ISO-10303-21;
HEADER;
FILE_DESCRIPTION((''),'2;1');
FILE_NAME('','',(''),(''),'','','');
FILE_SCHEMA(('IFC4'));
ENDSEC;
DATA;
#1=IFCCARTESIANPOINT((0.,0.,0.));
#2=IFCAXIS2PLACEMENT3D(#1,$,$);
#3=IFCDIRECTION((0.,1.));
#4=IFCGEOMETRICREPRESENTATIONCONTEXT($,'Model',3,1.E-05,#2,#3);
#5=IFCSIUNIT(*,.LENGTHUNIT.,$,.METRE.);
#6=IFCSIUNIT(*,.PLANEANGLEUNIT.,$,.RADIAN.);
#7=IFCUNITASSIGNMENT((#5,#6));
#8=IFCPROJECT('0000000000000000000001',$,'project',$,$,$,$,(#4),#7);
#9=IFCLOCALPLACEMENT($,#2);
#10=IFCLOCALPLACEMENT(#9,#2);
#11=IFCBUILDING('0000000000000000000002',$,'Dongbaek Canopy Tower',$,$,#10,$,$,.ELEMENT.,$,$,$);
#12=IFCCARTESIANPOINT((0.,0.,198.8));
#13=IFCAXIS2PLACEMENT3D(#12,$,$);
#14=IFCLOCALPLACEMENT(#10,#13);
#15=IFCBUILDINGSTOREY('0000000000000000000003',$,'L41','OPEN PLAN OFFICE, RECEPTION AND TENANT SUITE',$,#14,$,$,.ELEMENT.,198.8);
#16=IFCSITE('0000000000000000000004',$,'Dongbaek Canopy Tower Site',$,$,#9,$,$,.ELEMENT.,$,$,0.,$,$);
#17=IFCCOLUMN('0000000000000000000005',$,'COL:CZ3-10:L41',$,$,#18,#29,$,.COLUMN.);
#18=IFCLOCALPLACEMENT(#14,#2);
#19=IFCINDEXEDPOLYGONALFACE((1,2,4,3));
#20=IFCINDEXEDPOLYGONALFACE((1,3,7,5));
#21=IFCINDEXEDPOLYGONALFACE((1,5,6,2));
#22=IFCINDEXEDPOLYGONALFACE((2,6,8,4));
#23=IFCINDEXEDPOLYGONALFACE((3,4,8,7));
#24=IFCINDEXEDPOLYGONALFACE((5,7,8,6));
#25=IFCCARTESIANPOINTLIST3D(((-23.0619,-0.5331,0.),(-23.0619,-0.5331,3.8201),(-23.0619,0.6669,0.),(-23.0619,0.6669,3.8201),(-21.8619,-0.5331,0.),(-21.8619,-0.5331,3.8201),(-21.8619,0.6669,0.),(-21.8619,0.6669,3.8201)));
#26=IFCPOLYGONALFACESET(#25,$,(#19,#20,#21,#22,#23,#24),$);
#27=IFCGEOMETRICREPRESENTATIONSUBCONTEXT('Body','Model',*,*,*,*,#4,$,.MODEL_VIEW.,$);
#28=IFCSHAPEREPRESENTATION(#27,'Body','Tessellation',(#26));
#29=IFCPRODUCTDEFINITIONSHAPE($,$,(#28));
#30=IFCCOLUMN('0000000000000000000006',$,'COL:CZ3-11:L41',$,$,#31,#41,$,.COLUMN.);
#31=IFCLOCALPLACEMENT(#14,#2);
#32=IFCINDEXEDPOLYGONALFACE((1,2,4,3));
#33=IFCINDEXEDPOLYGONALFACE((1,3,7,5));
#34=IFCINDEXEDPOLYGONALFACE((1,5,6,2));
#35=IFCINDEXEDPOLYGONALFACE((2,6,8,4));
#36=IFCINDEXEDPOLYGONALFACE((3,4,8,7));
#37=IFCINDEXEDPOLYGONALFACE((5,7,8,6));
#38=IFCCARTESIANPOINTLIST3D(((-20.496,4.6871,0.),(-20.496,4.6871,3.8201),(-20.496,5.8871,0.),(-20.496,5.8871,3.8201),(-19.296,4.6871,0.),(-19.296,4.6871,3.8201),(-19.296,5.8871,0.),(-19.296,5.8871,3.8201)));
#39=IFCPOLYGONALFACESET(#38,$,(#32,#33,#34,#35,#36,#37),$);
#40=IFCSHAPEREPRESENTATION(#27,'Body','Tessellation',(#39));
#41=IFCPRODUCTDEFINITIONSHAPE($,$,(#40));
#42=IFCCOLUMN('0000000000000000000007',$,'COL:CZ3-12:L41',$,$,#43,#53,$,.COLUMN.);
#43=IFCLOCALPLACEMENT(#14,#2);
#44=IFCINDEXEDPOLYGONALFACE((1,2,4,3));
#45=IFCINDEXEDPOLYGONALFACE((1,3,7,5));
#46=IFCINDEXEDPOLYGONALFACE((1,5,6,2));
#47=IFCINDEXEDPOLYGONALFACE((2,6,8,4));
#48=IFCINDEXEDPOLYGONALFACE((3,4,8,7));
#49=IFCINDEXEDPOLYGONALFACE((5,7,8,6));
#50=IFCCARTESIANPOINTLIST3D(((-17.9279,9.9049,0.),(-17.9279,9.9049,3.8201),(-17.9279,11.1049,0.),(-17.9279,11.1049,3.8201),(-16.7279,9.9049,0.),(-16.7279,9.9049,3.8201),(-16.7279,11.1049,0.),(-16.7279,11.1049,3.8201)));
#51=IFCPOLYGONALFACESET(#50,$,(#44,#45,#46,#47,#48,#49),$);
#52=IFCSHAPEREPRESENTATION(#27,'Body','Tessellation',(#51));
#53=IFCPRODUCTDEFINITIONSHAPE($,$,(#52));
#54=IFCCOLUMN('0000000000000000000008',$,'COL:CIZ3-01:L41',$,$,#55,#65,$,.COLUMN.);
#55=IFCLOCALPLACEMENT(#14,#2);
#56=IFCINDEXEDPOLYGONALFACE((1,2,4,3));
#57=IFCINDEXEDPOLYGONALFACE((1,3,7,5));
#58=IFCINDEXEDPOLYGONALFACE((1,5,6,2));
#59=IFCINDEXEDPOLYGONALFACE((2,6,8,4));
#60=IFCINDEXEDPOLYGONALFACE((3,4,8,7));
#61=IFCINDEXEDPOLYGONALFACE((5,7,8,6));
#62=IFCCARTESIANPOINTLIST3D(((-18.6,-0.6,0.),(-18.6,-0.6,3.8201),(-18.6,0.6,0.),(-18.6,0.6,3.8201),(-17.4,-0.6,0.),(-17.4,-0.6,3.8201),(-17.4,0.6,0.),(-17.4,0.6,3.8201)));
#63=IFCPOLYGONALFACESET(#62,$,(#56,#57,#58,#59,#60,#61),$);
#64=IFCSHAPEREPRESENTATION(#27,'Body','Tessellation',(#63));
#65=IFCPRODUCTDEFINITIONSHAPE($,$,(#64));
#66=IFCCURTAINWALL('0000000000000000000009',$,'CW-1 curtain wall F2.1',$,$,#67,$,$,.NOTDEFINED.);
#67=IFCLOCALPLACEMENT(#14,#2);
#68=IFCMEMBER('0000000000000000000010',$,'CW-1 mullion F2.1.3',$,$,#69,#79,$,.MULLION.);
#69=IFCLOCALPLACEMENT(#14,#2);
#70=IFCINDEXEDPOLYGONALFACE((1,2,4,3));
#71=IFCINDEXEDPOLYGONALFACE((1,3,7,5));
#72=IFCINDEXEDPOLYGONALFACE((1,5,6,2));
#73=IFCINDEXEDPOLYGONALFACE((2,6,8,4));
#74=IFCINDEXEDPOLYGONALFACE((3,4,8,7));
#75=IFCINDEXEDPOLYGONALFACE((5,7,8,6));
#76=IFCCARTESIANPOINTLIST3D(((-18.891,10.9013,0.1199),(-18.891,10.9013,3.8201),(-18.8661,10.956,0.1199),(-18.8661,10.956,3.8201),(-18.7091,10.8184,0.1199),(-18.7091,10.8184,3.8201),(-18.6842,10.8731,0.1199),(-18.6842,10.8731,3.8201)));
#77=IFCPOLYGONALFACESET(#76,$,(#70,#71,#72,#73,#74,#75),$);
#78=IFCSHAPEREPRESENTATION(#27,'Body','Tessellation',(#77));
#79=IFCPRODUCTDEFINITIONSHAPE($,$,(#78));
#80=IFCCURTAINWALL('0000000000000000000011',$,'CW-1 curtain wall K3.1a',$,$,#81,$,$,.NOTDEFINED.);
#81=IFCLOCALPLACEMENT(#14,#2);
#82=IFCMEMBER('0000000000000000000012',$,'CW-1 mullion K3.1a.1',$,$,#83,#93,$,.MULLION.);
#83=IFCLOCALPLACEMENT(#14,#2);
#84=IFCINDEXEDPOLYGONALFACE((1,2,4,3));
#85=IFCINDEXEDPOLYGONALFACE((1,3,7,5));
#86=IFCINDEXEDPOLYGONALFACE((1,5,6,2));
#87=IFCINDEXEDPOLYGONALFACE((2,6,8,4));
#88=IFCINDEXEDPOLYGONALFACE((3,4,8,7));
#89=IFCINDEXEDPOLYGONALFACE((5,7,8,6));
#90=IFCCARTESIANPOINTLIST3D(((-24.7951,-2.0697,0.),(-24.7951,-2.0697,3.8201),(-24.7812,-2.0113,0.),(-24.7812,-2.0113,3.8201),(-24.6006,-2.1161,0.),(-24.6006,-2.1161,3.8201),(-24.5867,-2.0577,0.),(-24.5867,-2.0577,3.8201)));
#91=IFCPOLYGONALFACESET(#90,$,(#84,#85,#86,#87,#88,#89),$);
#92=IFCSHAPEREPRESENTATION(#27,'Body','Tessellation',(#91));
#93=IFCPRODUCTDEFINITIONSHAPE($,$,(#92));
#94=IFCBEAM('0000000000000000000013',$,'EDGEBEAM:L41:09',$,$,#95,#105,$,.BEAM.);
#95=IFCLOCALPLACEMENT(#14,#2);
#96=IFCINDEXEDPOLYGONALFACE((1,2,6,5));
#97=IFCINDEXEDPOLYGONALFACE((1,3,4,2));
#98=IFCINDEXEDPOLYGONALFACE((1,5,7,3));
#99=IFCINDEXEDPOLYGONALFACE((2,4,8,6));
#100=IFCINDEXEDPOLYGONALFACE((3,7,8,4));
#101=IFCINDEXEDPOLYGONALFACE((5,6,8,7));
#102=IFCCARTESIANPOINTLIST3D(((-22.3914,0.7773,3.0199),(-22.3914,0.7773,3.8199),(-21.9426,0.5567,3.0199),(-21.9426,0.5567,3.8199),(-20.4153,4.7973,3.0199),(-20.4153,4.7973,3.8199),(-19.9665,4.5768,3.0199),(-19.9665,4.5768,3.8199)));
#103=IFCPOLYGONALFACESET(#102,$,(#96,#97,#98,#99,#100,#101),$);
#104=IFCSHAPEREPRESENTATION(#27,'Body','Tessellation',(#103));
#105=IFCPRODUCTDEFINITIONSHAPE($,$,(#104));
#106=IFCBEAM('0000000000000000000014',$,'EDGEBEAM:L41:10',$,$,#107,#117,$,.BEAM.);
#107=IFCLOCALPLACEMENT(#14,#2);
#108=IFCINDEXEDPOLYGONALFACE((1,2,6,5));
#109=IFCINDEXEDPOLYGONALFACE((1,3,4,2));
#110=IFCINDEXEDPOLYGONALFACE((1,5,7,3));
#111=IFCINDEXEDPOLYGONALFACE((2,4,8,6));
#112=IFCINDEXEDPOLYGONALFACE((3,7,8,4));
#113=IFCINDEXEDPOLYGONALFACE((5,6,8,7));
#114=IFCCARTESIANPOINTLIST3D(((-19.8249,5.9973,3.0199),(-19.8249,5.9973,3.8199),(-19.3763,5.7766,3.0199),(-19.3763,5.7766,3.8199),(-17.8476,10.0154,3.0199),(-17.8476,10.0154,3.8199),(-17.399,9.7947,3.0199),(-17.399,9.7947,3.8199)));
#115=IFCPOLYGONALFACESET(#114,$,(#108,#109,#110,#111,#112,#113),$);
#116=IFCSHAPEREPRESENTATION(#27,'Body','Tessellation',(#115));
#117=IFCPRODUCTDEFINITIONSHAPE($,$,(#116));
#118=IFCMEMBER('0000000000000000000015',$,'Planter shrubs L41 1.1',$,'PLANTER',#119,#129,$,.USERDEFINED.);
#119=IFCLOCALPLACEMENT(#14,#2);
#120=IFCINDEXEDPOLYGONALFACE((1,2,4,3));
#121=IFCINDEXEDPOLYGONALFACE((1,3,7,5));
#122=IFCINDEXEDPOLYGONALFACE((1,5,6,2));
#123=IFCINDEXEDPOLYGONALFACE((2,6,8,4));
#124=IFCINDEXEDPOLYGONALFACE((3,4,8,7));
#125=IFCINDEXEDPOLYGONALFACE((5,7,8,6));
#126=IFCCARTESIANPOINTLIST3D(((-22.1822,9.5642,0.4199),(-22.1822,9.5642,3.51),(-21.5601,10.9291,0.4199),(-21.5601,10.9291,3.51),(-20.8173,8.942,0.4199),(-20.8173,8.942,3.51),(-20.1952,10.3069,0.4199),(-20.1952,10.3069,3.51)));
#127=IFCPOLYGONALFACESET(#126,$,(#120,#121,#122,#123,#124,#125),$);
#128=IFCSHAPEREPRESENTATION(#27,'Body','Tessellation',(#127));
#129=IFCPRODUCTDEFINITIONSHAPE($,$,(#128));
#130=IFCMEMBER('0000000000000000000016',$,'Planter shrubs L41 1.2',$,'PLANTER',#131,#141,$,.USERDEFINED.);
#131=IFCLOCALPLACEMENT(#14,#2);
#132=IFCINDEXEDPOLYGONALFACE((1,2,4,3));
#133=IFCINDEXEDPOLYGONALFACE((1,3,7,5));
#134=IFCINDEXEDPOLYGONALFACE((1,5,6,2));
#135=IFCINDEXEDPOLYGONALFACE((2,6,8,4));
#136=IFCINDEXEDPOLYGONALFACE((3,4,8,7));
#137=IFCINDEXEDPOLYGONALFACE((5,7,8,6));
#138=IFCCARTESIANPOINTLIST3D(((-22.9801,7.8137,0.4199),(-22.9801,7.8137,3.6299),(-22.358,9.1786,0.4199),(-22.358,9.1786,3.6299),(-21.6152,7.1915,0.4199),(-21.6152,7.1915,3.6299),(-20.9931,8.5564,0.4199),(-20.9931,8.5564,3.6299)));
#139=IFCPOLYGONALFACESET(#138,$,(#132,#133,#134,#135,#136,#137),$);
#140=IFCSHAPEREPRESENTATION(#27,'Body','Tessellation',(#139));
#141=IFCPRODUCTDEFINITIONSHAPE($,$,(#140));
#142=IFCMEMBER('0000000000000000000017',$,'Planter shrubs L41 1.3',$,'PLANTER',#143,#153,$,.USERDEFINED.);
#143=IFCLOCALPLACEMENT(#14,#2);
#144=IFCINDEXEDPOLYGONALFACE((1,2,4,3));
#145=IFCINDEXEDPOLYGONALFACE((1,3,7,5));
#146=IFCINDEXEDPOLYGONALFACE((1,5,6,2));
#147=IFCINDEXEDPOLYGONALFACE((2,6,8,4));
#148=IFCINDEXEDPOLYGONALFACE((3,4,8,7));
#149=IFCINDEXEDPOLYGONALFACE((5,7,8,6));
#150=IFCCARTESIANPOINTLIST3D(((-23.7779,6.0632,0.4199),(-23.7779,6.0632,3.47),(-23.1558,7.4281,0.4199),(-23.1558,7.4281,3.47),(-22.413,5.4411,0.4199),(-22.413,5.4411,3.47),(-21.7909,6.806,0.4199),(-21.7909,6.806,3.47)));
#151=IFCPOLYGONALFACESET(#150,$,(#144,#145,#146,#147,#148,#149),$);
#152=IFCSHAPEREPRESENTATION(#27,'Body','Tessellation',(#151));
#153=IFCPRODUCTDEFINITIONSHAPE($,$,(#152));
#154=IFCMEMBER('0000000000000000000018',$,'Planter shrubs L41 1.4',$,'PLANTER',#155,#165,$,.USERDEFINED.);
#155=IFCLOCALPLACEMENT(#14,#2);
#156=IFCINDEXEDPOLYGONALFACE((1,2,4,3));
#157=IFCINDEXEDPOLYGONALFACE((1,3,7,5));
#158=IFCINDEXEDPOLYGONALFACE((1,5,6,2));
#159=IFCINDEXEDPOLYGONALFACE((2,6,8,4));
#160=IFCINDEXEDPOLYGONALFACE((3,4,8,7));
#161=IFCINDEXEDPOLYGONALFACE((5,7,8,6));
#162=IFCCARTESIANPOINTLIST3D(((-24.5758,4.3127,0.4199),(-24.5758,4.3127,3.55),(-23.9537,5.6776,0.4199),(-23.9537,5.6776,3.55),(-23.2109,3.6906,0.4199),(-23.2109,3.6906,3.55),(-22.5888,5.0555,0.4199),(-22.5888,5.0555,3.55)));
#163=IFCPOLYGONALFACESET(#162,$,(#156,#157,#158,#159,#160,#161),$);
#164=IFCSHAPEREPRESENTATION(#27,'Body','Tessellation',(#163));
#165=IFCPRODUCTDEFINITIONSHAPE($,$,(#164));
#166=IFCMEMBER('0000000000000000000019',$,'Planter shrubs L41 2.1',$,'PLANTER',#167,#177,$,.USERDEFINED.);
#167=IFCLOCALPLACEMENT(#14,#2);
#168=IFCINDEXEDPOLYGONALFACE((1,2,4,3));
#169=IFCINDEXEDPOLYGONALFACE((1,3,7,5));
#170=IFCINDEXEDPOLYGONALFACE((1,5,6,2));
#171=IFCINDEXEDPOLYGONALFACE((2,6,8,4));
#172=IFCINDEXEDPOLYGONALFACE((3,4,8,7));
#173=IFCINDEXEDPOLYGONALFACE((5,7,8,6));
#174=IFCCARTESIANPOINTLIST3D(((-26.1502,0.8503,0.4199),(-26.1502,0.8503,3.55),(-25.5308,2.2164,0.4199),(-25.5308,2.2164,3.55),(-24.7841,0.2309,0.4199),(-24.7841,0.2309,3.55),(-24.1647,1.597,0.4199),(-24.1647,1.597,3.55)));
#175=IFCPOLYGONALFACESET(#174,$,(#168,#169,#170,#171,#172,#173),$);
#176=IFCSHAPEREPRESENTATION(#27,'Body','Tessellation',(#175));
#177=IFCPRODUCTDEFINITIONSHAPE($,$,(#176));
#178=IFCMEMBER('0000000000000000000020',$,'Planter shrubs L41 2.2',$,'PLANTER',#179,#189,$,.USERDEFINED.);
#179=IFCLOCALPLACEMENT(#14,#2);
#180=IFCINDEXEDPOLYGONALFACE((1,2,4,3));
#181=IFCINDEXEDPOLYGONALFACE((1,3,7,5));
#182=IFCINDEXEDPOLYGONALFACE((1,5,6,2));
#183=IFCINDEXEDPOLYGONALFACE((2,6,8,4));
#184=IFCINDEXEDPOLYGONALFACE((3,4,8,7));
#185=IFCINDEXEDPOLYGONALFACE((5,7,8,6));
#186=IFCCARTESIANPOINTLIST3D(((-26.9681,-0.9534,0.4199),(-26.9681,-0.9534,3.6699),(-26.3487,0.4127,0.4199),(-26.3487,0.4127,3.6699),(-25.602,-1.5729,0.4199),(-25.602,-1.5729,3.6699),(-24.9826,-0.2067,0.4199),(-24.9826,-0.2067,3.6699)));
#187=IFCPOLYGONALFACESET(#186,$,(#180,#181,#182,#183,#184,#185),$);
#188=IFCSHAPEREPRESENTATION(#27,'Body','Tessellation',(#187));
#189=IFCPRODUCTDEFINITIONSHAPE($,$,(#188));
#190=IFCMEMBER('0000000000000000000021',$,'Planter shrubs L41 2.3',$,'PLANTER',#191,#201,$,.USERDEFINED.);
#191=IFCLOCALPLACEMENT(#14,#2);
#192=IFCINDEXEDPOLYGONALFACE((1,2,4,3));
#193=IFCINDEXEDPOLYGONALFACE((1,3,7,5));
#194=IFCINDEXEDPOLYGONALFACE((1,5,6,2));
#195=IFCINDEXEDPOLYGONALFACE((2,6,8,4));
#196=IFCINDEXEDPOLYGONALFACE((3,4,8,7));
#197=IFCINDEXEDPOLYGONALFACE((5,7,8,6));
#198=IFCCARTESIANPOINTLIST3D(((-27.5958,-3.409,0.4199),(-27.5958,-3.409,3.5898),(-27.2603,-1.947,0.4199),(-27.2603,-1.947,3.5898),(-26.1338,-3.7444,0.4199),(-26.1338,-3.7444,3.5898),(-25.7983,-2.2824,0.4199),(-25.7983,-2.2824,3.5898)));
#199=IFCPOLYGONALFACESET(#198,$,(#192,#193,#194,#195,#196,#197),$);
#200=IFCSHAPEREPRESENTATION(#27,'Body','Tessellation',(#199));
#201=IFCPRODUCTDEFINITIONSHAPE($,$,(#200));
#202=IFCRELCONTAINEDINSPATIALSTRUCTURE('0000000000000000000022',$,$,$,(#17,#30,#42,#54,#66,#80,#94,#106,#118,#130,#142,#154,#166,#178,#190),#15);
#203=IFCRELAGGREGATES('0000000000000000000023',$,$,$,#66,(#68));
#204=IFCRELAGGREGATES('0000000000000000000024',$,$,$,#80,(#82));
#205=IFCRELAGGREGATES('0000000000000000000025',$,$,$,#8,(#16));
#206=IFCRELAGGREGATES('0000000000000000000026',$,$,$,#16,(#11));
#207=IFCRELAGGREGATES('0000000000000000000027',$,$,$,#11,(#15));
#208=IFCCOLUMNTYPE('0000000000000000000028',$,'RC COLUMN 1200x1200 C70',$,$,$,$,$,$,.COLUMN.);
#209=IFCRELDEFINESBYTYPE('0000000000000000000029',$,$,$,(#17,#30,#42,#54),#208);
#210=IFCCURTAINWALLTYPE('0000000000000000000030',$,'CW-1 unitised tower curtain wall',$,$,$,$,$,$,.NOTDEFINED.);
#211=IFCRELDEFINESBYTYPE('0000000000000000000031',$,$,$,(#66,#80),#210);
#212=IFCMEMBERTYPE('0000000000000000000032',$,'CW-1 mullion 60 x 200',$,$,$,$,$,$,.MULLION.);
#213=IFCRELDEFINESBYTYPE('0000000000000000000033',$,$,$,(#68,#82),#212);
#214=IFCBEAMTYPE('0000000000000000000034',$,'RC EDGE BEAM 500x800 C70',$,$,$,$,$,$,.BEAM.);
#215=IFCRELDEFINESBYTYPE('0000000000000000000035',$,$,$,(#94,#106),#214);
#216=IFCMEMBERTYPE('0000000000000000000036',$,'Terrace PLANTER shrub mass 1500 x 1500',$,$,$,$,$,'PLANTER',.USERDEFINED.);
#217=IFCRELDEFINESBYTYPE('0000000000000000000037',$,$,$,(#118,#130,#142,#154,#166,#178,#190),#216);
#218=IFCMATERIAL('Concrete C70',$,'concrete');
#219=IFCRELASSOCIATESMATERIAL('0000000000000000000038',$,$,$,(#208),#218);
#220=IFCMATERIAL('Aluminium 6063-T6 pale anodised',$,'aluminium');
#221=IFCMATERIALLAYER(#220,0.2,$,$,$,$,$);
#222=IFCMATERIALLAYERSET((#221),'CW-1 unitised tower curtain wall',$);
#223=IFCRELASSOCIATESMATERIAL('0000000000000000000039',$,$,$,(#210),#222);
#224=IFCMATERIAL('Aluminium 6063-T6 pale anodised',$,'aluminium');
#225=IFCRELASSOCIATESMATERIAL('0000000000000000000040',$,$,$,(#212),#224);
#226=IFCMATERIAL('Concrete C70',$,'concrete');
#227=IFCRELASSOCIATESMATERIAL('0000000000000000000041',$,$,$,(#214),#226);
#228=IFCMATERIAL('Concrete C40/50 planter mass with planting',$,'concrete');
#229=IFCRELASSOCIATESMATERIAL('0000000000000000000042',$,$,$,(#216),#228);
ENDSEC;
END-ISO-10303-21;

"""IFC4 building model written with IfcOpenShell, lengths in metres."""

from ifc_helpers import new_model, si_unit, direction, frame, origin, origin_2d, place, context, subcontext, project, spatial, rectangle, extrude, material, layer, layer_set, material_profile, profile_set, type_object, element, aggregate, save


model = new_model("IFC4")

# Units and contexts
model_context = context("Model", 3, precision=1e-05, world=origin(), true_north=direction((0.0, 1.0)))
body_context = subcontext(model_context, "Body", "Model", "MODEL_VIEW")
ifc_project = project(units=[si_unit("LENGTHUNIT", "METRE"), si_unit("PLANEANGLEUNIT", "RADIAN")], contexts=[model_context])

# Site, building, storey
site_placement = place(None, origin())
site = spatial("IfcSite", under=ifc_project, at=site_placement, Name="Dongbaek Canopy Tower Site", CompositionType="ELEMENT", RefElevation=0.0)
building_placement = place(site_placement, origin())
building = spatial("IfcBuilding", under=site, at=building_placement, Name="Dongbaek Canopy Tower", CompositionType="ELEMENT")
storey_placement = place(building_placement, frame((0.0, 0.0, 198.8)))
storey = spatial("IfcBuildingStorey", under=building, at=storey_placement, Name="L41", Description="OPEN PLAN OFFICE, RECEPTION AND TENANT SUITE", CompositionType="ELEMENT", Elevation=198.8)

# Columns
ifc_material_1 = material(Name="Concrete C70", Category="concrete")
ifc_material_profile_1 = material_profile(ifc_material_1, rectangle(XDim=1.2, YDim=1.2, at=origin_2d()), Name="RC COLUMN 1200x1200 C70")
ifc_profile_set_1 = profile_set([ifc_material_profile_1], Name="Concrete C70")
column_type = type_object("IfcColumnType", Name="RC COLUMN 1200x1200 C70", PredefinedType="COLUMN", material=ifc_profile_set_1)
for number, where, z_axis, x_axis, name in (
    (1, (-22.4619, 0.0669, 0.0), (0.0, 0.0, 1.0), (1.0, 0.0, 0.0), "COL:CZ3-10:L41"),
    (2, (-19.896, 5.2871, 0.0), (0.0, 0.0, 1.0), (1.0, 0.0, 0.0), "COL:CZ3-11:L41"),
    (3, (-17.3279, 10.5049, 0.0), (0.0, 0.0, 1.0), (1.0, 0.0, 0.0), "COL:CZ3-12:L41"),
    (4, (-18.0, 0.0, 0.0), (0.0, 0.0, 1.0), (1.0, 0.0, 0.0), "COL:CIZ3-01:L41"),
):
    element("IfcColumn", number, at=place(storey_placement, frame(where, z_axis=z_axis, x_axis=x_axis)), inside=storey, type_object=column_type, Name=name, PredefinedType="COLUMN", context=body_context, shape_type="SweptSolid", body=[
        extrude(rectangle(XDim=1.2, YDim=1.2, at=origin_2d()), origin(), (0.0, 0.0, 1.0), 3.8201),
    ])

# Curtain walls, members
ifc_material_2 = material(Name="Aluminium 6063-T6 pale anodised", Category="aluminium")
ifc_layer_1 = layer(ifc_material_2, 0.2)
ifc_layer_set_1 = layer_set([ifc_layer_1], Name="CW-1 unitised tower curtain wall")
curtain_wall_type = type_object("IfcCurtainWallType", Name="CW-1 unitised tower curtain wall", PredefinedType="NOTDEFINED", material=ifc_layer_set_1)
curtain_wall_1_placement = place(storey_placement, origin())
curtain_wall_1 = element("IfcCurtainWall", 5, at=curtain_wall_1_placement, inside=storey, type_object=curtain_wall_type, Name="CW-1 curtain wall F2.1", PredefinedType="NOTDEFINED")
ifc_material_3 = material(Name="Aluminium 6063-T6 pale anodised", Category="aluminium")
ifc_material_profile_2 = material_profile(ifc_material_3, rectangle(XDim=0.2, YDim=0.0601, at=origin_2d()), Name="CW-1 mullion 60 x 200")
ifc_profile_set_2 = profile_set([ifc_material_profile_2], Name="Aluminium 6063-T6 pale anodised")
member_type_1 = type_object("IfcMemberType", Name="CW-1 mullion 60 x 200", PredefinedType="MULLION", material=ifc_profile_set_2)
member_1_placement = place(storey_placement, frame((-18.7876, 10.8872, 0.1199), z_axis=(0.0, 0.0, 1.0), x_axis=(-0.909933, 0.414755, 0.0)))
member_1 = element("IfcMember", 6, at=member_1_placement, type_object=member_type_1, Name="CW-1 mullion F2.1.3", PredefinedType="MULLION", context=body_context, shape_type="SweptSolid", body=[
    extrude(rectangle(XDim=0.2, YDim=0.0601, at=origin_2d()), origin(), (0.0, 0.0, 1.0), 3.7002),
])
aggregate(curtain_wall_1, [member_1])
curtain_wall_2_placement = place(storey_placement, origin())
curtain_wall_2 = element("IfcCurtainWall", 7, at=curtain_wall_2_placement, inside=storey, type_object=curtain_wall_type, Name="CW-1 curtain wall K3.1a", PredefinedType="NOTDEFINED")
member_2_placement = place(storey_placement, frame((-24.6909, -2.0637, 0.0), z_axis=(0.0, 0.0, 1.0), x_axis=(-0.972744, 0.231882, 0.0)))
member_2 = element("IfcMember", 8, at=member_2_placement, type_object=member_type_1, Name="CW-1 mullion K3.1a.1", PredefinedType="MULLION", context=body_context, shape_type="SweptSolid", body=[
    extrude(rectangle(XDim=0.2, YDim=0.0601, at=origin_2d()), origin(), (0.0, 0.0, 1.0), 3.8201),
])
aggregate(curtain_wall_2, [member_2])

# Beams
ifc_material_4 = material(Name="Concrete C70", Category="concrete")
ifc_material_profile_3 = material_profile(ifc_material_4, rectangle(XDim=0.5, YDim=0.8, at=origin_2d()), Name="RC EDGE BEAM 500x800 C70")
ifc_profile_set_3 = profile_set([ifc_material_profile_3], Name="Concrete C70")
beam_type = type_object("IfcBeamType", Name="RC EDGE BEAM 500x800 C70", PredefinedType="BEAM", material=ifc_profile_set_3)
beam_1_placement = place(storey_placement, frame((-22.167, 0.667, 3.4199), z_axis=(0.441143, 0.897437, 0.0), x_axis=(-0.897437, 0.441143, 0.0)))
element("IfcBeam", 9, at=beam_1_placement, inside=storey, type_object=beam_type, Name="EDGEBEAM:L41:09", PredefinedType="BEAM", context=body_context, shape_type="SweptSolid", body=[
    extrude(rectangle(XDim=0.5, YDim=0.8, at=origin_2d()), origin(), (0.0, 0.0, 1.0), 4.4795),
])
beam_2_placement = place(storey_placement, frame((-19.6006, 5.887, 3.4199), z_axis=(0.441535, 0.897244, 0.0), x_axis=(-0.897244, 0.441535, 0.0)))
element("IfcBeam", 10, at=beam_2_placement, inside=storey, type_object=beam_type, Name="EDGEBEAM:L41:10", PredefinedType="BEAM", context=body_context, shape_type="SweptSolid", body=[
    extrude(rectangle(XDim=0.5, YDim=0.8, at=origin_2d()), origin(), (0.0, 0.0, 1.0), 4.4783),
])

# Members
ifc_material_5 = material(Name="Concrete C40/50 planter mass with planting", Category="concrete")
ifc_material_profile_4 = material_profile(ifc_material_5, rectangle(XDim=1.5, YDim=1.5, at=origin_2d()), Name="Terrace PLANTER shrub mass 1500 x 1500")
ifc_profile_set_4 = profile_set([ifc_material_profile_4], Name="Concrete C40/50 planter mass with planting")
member_type_2 = type_object("IfcMemberType", Name="Terrace PLANTER shrub mass 1500 x 1500", ElementType="PLANTER", PredefinedType="USERDEFINED", material=ifc_profile_set_4)
member_3_placement = place(storey_placement, frame((-21.1887, 9.9355, 0.4199), z_axis=(0.0, 0.0, 1.0), x_axis=(-0.909933, 0.414755, 0.0)))
element("IfcMember", 11, at=member_3_placement, inside=storey, type_object=member_type_2, Name="Planter shrubs L41 1.1", ObjectType="PLANTER", PredefinedType="USERDEFINED", context=body_context, shape_type="SweptSolid", body=[
    extrude(rectangle(XDim=1.5, YDim=1.5, at=origin_2d()), origin(), (0.0, 0.0, 1.0), 3.0901),
])
member_4_placement = place(storey_placement, frame((-21.9866, 8.1851, 0.4199), z_axis=(0.0, 0.0, 1.0), x_axis=(-0.909933, 0.414755, 0.0)))
element("IfcMember", 12, at=member_4_placement, inside=storey, type_object=member_type_2, Name="Planter shrubs L41 1.2", ObjectType="PLANTER", PredefinedType="USERDEFINED", context=body_context, shape_type="SweptSolid", body=[
    extrude(rectangle(XDim=1.5, YDim=1.5, at=origin_2d()), origin(), (0.0, 0.0, 1.0), 3.21),
])
member_5_placement = place(storey_placement, frame((-22.7844, 6.4346, 0.4199), z_axis=(0.0, 0.0, 1.0), x_axis=(-0.909933, 0.414755, 0.0)))
element("IfcMember", 13, at=member_5_placement, inside=storey, type_object=member_type_2, Name="Planter shrubs L41 1.3", ObjectType="PLANTER", PredefinedType="USERDEFINED", context=body_context, shape_type="SweptSolid", body=[
    extrude(rectangle(XDim=1.5, YDim=1.5, at=origin_2d()), origin(), (0.0, 0.0, 1.0), 3.05),
])
for number, where, z_axis, x_axis, name in (
    (14, (-23.5823, 4.6841, 0.4199), (0.0, 0.0, 1.0), (-0.909933, 0.414755, 0.0), "Planter shrubs L41 1.4"),
    (15, (-25.1575, 1.2236, 0.4199), (0.0, 0.0, 1.0), (-0.91076, 0.412936, 0.0), "Planter shrubs L41 2.1"),
):
    element("IfcMember", number, at=place(storey_placement, frame(where, z_axis=z_axis, x_axis=x_axis)), inside=storey, type_object=member_type_2, Name=name, ObjectType="PLANTER", PredefinedType="USERDEFINED", context=body_context, shape_type="SweptSolid", body=[
        extrude(rectangle(XDim=1.5, YDim=1.5, at=origin_2d()), origin(), (0.0, 0.0, 1.0), 3.1301),
    ])
member_6_placement = place(storey_placement, frame((-25.9753, -0.5801, 0.4199), z_axis=(0.0, 0.0, 1.0), x_axis=(-0.91076, 0.412936, 0.0)))
element("IfcMember", 16, at=member_6_placement, inside=storey, type_object=member_type_2, Name="Planter shrubs L41 2.2", ObjectType="PLANTER", PredefinedType="USERDEFINED", context=body_context, shape_type="SweptSolid", body=[
    extrude(rectangle(XDim=1.5, YDim=1.5, at=origin_2d()), origin(), (0.0, 0.0, 1.0), 3.25),
])
member_7_placement = place(storey_placement, frame((-26.697, -2.8457, 0.4199), z_axis=(0.0, 0.0, 1.0), x_axis=(-0.974671, 0.223643, 0.0)))
element("IfcMember", 17, at=member_7_placement, inside=storey, type_object=member_type_2, Name="Planter shrubs L41 2.3", ObjectType="PLANTER", PredefinedType="USERDEFINED", context=body_context, shape_type="SweptSolid", body=[
    extrude(rectangle(XDim=1.5, YDim=1.5, at=origin_2d()), origin(), (0.0, 0.0, 1.0), 3.1699),
])

save(model, "model.ifc")
